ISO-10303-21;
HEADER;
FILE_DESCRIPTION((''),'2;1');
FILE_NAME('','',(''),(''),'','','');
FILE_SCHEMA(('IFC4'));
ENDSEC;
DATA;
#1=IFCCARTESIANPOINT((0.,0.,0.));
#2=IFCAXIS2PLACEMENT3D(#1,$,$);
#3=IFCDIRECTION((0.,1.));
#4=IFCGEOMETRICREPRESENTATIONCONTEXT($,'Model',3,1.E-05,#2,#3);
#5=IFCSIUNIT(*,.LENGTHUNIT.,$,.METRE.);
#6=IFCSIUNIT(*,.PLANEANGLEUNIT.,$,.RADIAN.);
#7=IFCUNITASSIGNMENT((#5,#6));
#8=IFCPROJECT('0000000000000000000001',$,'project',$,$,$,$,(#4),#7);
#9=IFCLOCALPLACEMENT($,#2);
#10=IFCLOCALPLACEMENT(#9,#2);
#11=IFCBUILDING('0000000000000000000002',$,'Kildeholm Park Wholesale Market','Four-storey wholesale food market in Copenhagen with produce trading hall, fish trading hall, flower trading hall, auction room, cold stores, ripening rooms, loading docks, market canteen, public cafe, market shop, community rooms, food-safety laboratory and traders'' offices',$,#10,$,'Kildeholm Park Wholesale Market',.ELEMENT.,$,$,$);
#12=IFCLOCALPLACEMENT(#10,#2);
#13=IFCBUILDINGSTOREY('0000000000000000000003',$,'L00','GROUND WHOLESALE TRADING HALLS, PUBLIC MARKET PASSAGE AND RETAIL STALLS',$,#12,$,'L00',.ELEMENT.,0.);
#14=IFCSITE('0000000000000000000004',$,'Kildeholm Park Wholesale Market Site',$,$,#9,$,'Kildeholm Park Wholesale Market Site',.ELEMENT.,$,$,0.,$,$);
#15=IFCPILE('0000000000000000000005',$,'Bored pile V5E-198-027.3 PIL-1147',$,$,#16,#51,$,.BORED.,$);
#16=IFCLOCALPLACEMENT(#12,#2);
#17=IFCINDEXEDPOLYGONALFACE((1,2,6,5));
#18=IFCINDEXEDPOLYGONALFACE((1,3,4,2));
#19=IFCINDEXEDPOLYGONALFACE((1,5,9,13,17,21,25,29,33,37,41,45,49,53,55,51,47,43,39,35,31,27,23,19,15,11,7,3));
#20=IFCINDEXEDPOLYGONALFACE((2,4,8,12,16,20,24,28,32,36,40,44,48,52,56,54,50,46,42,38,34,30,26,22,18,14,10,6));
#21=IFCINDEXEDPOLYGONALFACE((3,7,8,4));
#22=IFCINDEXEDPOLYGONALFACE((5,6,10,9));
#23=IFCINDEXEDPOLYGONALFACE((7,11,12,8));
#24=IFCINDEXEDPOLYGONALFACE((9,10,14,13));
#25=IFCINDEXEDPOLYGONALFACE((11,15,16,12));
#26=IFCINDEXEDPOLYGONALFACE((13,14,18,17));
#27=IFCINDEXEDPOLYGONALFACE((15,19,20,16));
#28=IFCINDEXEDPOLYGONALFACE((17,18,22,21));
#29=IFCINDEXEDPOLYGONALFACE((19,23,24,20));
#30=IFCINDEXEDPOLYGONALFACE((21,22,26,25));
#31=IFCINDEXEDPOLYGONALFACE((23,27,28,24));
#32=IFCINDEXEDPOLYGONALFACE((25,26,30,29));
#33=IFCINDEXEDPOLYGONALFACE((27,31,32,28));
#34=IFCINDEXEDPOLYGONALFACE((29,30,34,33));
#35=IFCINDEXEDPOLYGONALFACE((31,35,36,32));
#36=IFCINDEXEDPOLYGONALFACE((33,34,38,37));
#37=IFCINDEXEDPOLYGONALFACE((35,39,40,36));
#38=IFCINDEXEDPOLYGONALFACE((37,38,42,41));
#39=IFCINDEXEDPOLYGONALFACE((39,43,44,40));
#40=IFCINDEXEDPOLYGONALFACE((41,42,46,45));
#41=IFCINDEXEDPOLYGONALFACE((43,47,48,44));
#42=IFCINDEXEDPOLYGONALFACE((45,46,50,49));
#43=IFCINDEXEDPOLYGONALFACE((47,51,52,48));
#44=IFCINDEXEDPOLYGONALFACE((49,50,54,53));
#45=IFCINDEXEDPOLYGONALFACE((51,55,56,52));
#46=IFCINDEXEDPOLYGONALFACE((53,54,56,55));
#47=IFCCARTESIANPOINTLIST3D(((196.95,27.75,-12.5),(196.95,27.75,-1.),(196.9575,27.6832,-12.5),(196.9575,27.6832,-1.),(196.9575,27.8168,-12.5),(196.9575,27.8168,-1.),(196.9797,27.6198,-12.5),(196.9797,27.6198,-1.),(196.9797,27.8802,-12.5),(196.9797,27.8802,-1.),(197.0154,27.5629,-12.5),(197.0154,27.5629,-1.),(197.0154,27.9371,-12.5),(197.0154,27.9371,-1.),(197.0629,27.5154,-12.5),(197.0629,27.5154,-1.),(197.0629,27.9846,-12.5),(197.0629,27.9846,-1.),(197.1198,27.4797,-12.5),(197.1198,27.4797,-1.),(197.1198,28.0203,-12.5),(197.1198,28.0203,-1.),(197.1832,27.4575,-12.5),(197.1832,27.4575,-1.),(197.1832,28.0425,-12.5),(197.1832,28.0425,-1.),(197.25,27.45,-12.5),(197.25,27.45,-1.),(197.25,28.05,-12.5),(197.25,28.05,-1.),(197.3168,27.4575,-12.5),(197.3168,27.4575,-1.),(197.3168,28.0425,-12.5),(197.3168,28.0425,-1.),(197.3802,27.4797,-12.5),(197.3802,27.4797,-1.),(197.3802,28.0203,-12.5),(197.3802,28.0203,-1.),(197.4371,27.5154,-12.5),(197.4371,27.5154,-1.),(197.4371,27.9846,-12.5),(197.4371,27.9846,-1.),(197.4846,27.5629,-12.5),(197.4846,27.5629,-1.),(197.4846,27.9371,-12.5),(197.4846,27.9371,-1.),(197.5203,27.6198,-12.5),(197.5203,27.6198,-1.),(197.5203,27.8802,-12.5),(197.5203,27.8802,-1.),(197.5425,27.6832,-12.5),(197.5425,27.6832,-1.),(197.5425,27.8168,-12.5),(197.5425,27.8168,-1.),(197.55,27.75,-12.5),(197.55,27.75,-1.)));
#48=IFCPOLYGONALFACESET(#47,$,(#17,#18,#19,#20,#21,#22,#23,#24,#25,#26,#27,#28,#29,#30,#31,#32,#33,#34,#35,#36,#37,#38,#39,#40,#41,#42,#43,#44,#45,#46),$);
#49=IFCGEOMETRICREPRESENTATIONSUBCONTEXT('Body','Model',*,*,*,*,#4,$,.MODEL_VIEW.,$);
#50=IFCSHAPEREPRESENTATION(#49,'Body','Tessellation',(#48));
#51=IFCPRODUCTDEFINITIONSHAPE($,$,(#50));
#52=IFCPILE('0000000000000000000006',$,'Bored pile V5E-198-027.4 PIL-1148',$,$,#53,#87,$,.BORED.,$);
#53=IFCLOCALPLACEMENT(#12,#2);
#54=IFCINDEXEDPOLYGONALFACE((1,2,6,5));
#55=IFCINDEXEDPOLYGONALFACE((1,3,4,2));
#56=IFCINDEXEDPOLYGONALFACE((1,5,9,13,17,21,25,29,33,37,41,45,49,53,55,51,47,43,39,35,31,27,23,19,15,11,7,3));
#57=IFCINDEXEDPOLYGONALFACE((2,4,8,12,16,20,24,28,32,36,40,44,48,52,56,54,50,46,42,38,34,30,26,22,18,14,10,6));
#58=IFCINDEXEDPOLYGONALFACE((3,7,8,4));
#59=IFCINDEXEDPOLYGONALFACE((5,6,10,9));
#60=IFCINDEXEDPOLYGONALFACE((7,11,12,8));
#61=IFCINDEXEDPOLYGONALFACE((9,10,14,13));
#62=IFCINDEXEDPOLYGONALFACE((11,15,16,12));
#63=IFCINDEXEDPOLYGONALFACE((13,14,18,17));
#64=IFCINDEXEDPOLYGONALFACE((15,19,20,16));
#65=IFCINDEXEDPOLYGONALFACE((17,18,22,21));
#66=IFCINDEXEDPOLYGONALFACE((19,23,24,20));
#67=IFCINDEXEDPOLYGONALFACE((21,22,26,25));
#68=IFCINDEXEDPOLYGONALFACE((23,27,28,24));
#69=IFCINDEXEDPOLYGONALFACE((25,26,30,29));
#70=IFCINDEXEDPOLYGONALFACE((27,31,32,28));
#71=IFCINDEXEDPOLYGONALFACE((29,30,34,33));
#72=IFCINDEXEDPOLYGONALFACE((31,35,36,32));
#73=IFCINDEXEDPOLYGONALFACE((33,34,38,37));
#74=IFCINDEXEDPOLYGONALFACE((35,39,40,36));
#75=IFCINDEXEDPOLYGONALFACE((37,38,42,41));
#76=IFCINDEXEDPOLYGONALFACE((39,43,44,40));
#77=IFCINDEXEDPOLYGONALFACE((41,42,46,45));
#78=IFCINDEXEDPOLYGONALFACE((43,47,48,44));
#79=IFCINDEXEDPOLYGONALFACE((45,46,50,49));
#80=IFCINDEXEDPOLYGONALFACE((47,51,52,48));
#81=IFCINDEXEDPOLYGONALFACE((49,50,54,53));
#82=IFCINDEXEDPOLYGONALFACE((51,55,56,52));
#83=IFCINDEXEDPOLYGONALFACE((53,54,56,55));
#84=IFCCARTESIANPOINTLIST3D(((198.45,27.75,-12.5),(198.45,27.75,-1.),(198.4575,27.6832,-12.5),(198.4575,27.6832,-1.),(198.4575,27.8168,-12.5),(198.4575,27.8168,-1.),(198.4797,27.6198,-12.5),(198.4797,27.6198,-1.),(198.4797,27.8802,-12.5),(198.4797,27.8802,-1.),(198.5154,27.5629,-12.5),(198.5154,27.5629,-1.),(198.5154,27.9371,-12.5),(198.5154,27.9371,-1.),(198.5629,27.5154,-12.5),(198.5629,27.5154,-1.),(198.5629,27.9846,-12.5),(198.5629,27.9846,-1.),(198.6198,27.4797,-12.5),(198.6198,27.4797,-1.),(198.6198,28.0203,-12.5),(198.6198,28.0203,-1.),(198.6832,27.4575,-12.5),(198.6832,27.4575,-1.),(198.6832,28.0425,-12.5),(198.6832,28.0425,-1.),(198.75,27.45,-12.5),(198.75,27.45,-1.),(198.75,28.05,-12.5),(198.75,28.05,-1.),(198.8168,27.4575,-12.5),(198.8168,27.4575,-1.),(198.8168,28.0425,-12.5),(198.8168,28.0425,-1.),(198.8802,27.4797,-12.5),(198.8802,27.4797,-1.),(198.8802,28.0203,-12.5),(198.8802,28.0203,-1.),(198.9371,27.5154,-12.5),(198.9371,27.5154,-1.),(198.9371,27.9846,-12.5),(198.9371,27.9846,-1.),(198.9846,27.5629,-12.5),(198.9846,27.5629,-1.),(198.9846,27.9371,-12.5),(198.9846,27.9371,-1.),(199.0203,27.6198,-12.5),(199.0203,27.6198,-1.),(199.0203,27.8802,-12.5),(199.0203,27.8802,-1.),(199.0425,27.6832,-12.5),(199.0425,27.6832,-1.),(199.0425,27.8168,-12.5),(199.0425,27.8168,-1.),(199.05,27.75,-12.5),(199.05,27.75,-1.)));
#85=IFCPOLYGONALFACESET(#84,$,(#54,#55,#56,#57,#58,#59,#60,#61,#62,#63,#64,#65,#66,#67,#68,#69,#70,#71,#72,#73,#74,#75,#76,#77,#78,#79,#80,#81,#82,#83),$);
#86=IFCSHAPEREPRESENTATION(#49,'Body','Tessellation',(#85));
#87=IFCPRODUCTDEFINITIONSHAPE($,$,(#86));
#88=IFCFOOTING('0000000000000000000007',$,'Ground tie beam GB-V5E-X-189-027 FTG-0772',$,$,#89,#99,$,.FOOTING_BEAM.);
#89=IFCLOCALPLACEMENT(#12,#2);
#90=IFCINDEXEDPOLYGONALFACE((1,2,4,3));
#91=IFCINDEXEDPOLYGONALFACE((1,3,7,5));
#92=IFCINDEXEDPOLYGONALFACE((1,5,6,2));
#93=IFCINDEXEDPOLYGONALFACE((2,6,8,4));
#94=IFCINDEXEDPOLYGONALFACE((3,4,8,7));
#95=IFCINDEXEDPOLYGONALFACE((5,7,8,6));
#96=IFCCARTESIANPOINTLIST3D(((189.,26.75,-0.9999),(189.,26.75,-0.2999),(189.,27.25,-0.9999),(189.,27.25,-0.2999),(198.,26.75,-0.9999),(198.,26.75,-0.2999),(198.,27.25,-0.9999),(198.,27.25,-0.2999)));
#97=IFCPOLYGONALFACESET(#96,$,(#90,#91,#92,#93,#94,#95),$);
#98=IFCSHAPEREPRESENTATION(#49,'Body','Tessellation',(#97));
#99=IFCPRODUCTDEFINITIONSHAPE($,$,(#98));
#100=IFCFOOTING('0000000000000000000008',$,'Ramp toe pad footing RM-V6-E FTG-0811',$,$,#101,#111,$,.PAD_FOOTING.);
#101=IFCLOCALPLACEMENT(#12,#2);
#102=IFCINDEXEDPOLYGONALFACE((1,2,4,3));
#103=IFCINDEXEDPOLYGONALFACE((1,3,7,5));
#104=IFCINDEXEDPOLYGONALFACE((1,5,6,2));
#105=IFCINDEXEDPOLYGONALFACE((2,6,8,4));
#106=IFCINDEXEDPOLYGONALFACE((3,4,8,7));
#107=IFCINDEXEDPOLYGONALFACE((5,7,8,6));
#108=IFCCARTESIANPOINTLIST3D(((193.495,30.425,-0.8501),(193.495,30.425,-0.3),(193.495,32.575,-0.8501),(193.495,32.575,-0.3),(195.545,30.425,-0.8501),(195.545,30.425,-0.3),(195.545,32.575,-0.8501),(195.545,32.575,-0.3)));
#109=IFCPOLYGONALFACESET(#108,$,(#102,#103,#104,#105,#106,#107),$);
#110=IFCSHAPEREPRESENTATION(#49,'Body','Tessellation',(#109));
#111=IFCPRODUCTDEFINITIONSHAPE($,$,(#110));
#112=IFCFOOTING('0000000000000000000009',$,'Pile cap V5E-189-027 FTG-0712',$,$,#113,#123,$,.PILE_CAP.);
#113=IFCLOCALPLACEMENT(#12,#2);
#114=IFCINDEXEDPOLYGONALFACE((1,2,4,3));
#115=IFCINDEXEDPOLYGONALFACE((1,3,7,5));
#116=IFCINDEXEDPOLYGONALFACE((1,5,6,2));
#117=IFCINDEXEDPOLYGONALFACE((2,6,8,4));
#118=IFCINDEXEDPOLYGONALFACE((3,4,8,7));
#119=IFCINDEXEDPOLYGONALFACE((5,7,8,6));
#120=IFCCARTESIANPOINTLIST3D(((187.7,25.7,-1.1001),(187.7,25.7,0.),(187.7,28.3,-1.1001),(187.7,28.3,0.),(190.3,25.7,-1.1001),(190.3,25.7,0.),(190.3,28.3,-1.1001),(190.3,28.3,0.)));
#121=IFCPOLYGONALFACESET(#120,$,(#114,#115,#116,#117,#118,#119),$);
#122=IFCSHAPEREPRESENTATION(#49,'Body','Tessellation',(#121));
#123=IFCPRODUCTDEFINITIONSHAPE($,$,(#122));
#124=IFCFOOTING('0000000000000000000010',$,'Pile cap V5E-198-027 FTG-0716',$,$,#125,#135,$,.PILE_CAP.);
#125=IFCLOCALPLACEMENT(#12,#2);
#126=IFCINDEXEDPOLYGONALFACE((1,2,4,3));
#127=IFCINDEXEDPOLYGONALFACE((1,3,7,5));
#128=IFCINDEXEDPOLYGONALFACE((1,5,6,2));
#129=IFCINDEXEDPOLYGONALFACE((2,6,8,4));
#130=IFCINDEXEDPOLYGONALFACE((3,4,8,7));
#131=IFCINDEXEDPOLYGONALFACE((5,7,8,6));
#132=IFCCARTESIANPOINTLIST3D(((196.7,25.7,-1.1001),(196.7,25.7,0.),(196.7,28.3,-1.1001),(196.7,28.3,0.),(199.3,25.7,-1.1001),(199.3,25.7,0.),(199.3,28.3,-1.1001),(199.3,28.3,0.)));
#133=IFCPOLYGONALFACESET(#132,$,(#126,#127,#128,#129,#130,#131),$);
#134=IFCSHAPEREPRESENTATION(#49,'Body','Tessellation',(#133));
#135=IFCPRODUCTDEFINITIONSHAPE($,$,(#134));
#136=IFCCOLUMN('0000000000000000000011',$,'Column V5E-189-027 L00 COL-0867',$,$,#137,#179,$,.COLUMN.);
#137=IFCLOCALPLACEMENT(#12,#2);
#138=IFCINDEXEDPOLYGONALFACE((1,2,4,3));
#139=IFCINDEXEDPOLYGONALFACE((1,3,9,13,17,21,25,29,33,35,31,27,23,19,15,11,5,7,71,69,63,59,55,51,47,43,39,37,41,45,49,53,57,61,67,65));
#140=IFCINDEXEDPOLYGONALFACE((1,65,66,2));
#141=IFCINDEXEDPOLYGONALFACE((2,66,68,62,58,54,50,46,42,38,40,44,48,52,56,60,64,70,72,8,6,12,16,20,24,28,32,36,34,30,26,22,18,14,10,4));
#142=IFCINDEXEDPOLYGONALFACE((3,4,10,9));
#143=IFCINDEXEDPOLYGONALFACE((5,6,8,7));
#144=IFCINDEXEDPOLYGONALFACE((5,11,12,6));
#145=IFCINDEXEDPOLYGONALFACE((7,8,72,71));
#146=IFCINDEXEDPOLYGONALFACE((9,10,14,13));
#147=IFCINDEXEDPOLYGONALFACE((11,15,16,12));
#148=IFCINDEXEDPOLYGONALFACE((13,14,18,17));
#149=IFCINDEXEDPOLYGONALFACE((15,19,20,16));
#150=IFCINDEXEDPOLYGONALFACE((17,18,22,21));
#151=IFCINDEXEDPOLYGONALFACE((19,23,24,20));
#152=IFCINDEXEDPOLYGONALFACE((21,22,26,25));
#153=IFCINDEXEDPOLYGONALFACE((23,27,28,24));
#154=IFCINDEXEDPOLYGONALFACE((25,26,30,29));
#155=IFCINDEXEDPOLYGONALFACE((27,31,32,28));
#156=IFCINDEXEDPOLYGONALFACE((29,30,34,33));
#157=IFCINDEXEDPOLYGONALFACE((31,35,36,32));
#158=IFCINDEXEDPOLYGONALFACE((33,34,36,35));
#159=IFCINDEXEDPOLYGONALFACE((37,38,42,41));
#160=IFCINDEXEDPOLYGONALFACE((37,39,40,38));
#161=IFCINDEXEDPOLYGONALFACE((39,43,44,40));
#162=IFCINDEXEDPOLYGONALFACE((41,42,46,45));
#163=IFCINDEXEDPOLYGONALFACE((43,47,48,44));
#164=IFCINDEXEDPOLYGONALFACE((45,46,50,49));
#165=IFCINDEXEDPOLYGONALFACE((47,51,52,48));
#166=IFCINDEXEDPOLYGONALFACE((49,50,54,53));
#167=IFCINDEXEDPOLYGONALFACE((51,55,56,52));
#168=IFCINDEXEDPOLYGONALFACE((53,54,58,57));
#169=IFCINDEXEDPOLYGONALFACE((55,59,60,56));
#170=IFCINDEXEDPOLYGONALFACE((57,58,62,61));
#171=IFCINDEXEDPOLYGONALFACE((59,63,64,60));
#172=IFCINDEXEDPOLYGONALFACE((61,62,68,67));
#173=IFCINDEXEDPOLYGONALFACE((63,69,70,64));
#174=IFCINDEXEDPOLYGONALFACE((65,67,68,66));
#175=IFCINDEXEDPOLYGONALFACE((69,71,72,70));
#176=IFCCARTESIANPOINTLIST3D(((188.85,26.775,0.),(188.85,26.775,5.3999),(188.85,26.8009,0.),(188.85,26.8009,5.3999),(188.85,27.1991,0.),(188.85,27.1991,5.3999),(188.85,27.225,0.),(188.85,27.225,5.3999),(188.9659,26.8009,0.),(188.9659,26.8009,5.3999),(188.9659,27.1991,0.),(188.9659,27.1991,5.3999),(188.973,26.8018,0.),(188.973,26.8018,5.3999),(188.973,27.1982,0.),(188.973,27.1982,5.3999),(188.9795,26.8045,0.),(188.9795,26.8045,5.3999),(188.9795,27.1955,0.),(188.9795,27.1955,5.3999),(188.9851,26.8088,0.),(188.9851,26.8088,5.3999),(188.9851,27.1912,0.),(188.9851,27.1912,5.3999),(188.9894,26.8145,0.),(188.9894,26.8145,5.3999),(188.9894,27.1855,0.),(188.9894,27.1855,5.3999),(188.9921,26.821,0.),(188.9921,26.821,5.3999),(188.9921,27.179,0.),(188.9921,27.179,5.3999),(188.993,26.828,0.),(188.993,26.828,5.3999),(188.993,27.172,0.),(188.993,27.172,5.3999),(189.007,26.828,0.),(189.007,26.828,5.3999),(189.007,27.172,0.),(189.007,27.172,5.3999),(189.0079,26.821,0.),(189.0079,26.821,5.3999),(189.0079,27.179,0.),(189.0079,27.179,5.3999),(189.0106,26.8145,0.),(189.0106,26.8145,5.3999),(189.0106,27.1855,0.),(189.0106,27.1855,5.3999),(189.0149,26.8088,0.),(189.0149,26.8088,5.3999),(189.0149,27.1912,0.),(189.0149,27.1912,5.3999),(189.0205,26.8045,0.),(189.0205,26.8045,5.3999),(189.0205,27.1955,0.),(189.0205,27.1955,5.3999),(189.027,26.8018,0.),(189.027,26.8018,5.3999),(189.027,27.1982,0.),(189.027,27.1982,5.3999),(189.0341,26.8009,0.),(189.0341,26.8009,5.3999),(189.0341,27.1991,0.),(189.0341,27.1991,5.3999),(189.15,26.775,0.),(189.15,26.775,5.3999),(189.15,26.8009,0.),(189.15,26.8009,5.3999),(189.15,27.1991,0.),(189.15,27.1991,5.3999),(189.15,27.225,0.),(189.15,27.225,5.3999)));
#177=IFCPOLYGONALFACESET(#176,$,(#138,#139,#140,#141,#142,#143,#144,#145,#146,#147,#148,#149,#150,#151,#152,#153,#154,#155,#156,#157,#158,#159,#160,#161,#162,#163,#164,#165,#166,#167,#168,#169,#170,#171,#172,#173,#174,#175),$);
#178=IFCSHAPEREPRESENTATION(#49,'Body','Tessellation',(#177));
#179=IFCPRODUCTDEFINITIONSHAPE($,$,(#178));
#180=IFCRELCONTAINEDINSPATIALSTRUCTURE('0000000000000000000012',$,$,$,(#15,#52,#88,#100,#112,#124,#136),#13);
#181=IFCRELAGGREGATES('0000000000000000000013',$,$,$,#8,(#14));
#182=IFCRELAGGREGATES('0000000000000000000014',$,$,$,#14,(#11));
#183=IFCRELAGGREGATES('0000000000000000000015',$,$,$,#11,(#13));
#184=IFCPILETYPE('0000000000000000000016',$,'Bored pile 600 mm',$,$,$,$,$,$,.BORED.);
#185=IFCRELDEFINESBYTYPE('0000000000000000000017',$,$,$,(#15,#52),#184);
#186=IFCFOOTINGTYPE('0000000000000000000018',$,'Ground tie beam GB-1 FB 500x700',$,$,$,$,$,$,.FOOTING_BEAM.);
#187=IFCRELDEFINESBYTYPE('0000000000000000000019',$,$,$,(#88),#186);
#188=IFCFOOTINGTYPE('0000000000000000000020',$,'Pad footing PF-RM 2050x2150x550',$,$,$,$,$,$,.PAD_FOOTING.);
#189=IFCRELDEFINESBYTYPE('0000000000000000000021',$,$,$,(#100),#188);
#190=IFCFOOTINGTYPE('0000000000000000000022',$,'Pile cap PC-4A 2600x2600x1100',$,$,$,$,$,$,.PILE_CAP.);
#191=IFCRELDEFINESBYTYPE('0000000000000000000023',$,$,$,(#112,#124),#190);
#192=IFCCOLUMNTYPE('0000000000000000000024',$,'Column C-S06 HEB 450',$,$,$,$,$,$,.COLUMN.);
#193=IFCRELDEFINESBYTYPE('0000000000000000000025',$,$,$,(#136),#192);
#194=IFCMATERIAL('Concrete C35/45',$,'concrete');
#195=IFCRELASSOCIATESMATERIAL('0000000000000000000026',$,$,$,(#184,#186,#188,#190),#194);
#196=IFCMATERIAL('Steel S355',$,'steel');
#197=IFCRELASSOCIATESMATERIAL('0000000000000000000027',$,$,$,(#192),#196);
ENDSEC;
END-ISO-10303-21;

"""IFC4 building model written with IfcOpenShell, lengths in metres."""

from ifc_helpers import new_model, si_unit, direction, frame, origin, origin_2d, place, context, subcontext, project, spatial, rectangle, circle, i_section, extrude, material, material_profile, profile_set, type_object, element, save


model = new_model("IFC4")

# Units and contexts
model_context = context("Model", 3, precision=1e-05, world=origin(), true_north=direction((0.0, 1.0)))
body_context = subcontext(model_context, "Body", "Model", "MODEL_VIEW")
ifc_project = project(units=[si_unit("LENGTHUNIT", "METRE"), si_unit("PLANEANGLEUNIT", "RADIAN")], contexts=[model_context])

# Site, building, storey
site_placement = place(None, origin())
site = spatial("IfcSite", under=ifc_project, at=site_placement, Name="Kildeholm Park Wholesale Market Site", LongName="Kildeholm Park Wholesale Market Site", CompositionType="ELEMENT", RefElevation=0.0)
building_placement = place(site_placement, origin())
building = spatial("IfcBuilding", under=site, at=building_placement, Name="Kildeholm Park Wholesale Market", Description="Four-storey wholesale food market in Copenhagen with produce trading hall, fish trading hall, flower trading hall, auction room, cold stores, ripening rooms, loading docks, market canteen, public cafe, market shop, community rooms, food-safety laboratory and traders' offices", LongName="Kildeholm Park Wholesale Market", CompositionType="ELEMENT")
storey_placement = place(building_placement, origin())
storey = spatial("IfcBuildingStorey", under=building, at=storey_placement, Name="L00", Description="GROUND WHOLESALE TRADING HALLS, PUBLIC MARKET PASSAGE AND RETAIL STALLS", LongName="L00", CompositionType="ELEMENT", Elevation=0.0)

# Piles
ifc_material_1 = material(Name="Concrete C35/45", Category="concrete")
ifc_material_profile_1 = material_profile(ifc_material_1, circle(Radius=0.3, at=origin_2d()), Name="PILE D600")
ifc_profile_set_1 = profile_set([ifc_material_profile_1], Name="Concrete C35/45")
pile_type = type_object("IfcPileType", Name="Bored pile 600 mm", PredefinedType="BORED", material=ifc_profile_set_1)
for number, where, z_axis, x_axis, name in (
    (1, (197.25, 27.75, -1.0), (0.0, 0.0, -1.0), (1.0, 0.0, 0.0), "Bored pile V5E-198-027.3 PIL-1147"),
    (2, (198.75, 27.75, -1.0), (0.0, 0.0, -1.0), (1.0, 0.0, 0.0), "Bored pile V5E-198-027.4 PIL-1148"),
):
    element("IfcPile", number, at=place(storey_placement, frame(where, z_axis=z_axis, x_axis=x_axis)), inside=storey, type_object=pile_type, Name=name, PredefinedType="BORED", context=body_context, shape_type="SweptSolid", body=[
        extrude(circle(Radius=0.3, at=origin_2d()), origin(), (0.0, 0.0, 1.0), 11.5),
    ])

# Footings
ifc_material_profile_2 = material_profile(ifc_material_1, rectangle(XDim=0.5, YDim=0.7, at=origin_2d()), Name="FB 500x700")
ifc_profile_set_2 = profile_set([ifc_material_profile_2], Name="Concrete C35/45")
footing_type_1 = type_object("IfcFootingType", Name="Ground tie beam GB-1 FB 500x700", PredefinedType="FOOTING_BEAM", material=ifc_profile_set_2)
footing_1_placement = place(storey_placement, frame((189.0, 27.0, -0.6499), z_axis=(1.0, 0.0, 0.0), x_axis=(0.0, 1.0, 0.0)))
element("IfcFooting", 3, at=footing_1_placement, inside=storey, type_object=footing_type_1, Name="Ground tie beam GB-V5E-X-189-027 FTG-0772", PredefinedType="FOOTING_BEAM", context=body_context, shape_type="SweptSolid", body=[
    extrude(rectangle(XDim=0.5, YDim=0.7, at=origin_2d()), origin(), (0.0, 0.0, 1.0), 9.0),
])
footing_type_2 = type_object("IfcFootingType", Name="Pad footing PF-RM 2050x2150x550", PredefinedType="PAD_FOOTING", material=ifc_material_1)
footing_2_placement = place(storey_placement, frame((194.52, 31.5, -0.8501), z_axis=(0.0, 0.0, 1.0), x_axis=(-1.0, 0.0, 0.0)))
element("IfcFooting", 4, at=footing_2_placement, inside=storey, type_object=footing_type_2, Name="Ramp toe pad footing RM-V6-E FTG-0811", PredefinedType="PAD_FOOTING", context=body_context, shape_type="SweptSolid", body=[
    extrude(rectangle(XDim=2.05, YDim=2.1499, at=origin_2d()), origin(), (0.0, 0.0, 1.0), 0.55),
])
footing_type_3 = type_object("IfcFootingType", Name="Pile cap PC-4A 2600x2600x1100", PredefinedType="PILE_CAP", material=ifc_material_1)
for number, where, z_axis, x_axis, name in (
    (5, (189.0, 27.0, -1.1001), (0.0, 0.0, 1.0), (1.0, 0.0, 0.0), "Pile cap V5E-189-027 FTG-0712"),
    (6, (198.0, 27.0, -1.1001), (0.0, 0.0, 1.0), (1.0, 0.0, 0.0), "Pile cap V5E-198-027 FTG-0716"),
):
    element("IfcFooting", number, at=place(storey_placement, frame(where, z_axis=z_axis, x_axis=x_axis)), inside=storey, type_object=footing_type_3, Name=name, PredefinedType="PILE_CAP", context=body_context, shape_type="SweptSolid", body=[
        extrude(rectangle(XDim=2.6001, YDim=2.6001, at=origin_2d()), origin(), (0.0, 0.0, 1.0), 1.1001),
    ])

# Column
ifc_material_2 = material(Name="Steel S355", Category="steel")
ifc_material_profile_3 = material_profile(ifc_material_2, i_section(OverallWidth=0.3, OverallDepth=0.45, WebThickness=0.0139, FlangeThickness=0.0259, FilletRadius=0.0271, at=origin_2d()), Name="HEB 450")
ifc_profile_set_3 = profile_set([ifc_material_profile_3], Name="Steel S355")
column_type = type_object("IfcColumnType", Name="Column C-S06 HEB 450", PredefinedType="COLUMN", material=ifc_profile_set_3)
for number, where, z_axis, x_axis, name in (
    (7, (189.0, 27.0, 0.0), (0.0, 0.0, 1.0), (1.0, 0.0, 0.0), "Column V5E-189-027 L00 COL-0867"),
):
    element("IfcColumn", number, at=place(storey_placement, frame(where, z_axis=z_axis, x_axis=x_axis)), inside=storey, type_object=column_type, Name=name, PredefinedType="COLUMN", context=body_context, shape_type="SweptSolid", body=[
        extrude(i_section(OverallWidth=0.3, OverallDepth=0.45, WebThickness=0.0139, FlangeThickness=0.0259, FilletRadius=0.0271, at=origin_2d()), origin(), (0.0, 0.0, 1.0), 5.3999),
    ])

save(model, "model.ifc")
